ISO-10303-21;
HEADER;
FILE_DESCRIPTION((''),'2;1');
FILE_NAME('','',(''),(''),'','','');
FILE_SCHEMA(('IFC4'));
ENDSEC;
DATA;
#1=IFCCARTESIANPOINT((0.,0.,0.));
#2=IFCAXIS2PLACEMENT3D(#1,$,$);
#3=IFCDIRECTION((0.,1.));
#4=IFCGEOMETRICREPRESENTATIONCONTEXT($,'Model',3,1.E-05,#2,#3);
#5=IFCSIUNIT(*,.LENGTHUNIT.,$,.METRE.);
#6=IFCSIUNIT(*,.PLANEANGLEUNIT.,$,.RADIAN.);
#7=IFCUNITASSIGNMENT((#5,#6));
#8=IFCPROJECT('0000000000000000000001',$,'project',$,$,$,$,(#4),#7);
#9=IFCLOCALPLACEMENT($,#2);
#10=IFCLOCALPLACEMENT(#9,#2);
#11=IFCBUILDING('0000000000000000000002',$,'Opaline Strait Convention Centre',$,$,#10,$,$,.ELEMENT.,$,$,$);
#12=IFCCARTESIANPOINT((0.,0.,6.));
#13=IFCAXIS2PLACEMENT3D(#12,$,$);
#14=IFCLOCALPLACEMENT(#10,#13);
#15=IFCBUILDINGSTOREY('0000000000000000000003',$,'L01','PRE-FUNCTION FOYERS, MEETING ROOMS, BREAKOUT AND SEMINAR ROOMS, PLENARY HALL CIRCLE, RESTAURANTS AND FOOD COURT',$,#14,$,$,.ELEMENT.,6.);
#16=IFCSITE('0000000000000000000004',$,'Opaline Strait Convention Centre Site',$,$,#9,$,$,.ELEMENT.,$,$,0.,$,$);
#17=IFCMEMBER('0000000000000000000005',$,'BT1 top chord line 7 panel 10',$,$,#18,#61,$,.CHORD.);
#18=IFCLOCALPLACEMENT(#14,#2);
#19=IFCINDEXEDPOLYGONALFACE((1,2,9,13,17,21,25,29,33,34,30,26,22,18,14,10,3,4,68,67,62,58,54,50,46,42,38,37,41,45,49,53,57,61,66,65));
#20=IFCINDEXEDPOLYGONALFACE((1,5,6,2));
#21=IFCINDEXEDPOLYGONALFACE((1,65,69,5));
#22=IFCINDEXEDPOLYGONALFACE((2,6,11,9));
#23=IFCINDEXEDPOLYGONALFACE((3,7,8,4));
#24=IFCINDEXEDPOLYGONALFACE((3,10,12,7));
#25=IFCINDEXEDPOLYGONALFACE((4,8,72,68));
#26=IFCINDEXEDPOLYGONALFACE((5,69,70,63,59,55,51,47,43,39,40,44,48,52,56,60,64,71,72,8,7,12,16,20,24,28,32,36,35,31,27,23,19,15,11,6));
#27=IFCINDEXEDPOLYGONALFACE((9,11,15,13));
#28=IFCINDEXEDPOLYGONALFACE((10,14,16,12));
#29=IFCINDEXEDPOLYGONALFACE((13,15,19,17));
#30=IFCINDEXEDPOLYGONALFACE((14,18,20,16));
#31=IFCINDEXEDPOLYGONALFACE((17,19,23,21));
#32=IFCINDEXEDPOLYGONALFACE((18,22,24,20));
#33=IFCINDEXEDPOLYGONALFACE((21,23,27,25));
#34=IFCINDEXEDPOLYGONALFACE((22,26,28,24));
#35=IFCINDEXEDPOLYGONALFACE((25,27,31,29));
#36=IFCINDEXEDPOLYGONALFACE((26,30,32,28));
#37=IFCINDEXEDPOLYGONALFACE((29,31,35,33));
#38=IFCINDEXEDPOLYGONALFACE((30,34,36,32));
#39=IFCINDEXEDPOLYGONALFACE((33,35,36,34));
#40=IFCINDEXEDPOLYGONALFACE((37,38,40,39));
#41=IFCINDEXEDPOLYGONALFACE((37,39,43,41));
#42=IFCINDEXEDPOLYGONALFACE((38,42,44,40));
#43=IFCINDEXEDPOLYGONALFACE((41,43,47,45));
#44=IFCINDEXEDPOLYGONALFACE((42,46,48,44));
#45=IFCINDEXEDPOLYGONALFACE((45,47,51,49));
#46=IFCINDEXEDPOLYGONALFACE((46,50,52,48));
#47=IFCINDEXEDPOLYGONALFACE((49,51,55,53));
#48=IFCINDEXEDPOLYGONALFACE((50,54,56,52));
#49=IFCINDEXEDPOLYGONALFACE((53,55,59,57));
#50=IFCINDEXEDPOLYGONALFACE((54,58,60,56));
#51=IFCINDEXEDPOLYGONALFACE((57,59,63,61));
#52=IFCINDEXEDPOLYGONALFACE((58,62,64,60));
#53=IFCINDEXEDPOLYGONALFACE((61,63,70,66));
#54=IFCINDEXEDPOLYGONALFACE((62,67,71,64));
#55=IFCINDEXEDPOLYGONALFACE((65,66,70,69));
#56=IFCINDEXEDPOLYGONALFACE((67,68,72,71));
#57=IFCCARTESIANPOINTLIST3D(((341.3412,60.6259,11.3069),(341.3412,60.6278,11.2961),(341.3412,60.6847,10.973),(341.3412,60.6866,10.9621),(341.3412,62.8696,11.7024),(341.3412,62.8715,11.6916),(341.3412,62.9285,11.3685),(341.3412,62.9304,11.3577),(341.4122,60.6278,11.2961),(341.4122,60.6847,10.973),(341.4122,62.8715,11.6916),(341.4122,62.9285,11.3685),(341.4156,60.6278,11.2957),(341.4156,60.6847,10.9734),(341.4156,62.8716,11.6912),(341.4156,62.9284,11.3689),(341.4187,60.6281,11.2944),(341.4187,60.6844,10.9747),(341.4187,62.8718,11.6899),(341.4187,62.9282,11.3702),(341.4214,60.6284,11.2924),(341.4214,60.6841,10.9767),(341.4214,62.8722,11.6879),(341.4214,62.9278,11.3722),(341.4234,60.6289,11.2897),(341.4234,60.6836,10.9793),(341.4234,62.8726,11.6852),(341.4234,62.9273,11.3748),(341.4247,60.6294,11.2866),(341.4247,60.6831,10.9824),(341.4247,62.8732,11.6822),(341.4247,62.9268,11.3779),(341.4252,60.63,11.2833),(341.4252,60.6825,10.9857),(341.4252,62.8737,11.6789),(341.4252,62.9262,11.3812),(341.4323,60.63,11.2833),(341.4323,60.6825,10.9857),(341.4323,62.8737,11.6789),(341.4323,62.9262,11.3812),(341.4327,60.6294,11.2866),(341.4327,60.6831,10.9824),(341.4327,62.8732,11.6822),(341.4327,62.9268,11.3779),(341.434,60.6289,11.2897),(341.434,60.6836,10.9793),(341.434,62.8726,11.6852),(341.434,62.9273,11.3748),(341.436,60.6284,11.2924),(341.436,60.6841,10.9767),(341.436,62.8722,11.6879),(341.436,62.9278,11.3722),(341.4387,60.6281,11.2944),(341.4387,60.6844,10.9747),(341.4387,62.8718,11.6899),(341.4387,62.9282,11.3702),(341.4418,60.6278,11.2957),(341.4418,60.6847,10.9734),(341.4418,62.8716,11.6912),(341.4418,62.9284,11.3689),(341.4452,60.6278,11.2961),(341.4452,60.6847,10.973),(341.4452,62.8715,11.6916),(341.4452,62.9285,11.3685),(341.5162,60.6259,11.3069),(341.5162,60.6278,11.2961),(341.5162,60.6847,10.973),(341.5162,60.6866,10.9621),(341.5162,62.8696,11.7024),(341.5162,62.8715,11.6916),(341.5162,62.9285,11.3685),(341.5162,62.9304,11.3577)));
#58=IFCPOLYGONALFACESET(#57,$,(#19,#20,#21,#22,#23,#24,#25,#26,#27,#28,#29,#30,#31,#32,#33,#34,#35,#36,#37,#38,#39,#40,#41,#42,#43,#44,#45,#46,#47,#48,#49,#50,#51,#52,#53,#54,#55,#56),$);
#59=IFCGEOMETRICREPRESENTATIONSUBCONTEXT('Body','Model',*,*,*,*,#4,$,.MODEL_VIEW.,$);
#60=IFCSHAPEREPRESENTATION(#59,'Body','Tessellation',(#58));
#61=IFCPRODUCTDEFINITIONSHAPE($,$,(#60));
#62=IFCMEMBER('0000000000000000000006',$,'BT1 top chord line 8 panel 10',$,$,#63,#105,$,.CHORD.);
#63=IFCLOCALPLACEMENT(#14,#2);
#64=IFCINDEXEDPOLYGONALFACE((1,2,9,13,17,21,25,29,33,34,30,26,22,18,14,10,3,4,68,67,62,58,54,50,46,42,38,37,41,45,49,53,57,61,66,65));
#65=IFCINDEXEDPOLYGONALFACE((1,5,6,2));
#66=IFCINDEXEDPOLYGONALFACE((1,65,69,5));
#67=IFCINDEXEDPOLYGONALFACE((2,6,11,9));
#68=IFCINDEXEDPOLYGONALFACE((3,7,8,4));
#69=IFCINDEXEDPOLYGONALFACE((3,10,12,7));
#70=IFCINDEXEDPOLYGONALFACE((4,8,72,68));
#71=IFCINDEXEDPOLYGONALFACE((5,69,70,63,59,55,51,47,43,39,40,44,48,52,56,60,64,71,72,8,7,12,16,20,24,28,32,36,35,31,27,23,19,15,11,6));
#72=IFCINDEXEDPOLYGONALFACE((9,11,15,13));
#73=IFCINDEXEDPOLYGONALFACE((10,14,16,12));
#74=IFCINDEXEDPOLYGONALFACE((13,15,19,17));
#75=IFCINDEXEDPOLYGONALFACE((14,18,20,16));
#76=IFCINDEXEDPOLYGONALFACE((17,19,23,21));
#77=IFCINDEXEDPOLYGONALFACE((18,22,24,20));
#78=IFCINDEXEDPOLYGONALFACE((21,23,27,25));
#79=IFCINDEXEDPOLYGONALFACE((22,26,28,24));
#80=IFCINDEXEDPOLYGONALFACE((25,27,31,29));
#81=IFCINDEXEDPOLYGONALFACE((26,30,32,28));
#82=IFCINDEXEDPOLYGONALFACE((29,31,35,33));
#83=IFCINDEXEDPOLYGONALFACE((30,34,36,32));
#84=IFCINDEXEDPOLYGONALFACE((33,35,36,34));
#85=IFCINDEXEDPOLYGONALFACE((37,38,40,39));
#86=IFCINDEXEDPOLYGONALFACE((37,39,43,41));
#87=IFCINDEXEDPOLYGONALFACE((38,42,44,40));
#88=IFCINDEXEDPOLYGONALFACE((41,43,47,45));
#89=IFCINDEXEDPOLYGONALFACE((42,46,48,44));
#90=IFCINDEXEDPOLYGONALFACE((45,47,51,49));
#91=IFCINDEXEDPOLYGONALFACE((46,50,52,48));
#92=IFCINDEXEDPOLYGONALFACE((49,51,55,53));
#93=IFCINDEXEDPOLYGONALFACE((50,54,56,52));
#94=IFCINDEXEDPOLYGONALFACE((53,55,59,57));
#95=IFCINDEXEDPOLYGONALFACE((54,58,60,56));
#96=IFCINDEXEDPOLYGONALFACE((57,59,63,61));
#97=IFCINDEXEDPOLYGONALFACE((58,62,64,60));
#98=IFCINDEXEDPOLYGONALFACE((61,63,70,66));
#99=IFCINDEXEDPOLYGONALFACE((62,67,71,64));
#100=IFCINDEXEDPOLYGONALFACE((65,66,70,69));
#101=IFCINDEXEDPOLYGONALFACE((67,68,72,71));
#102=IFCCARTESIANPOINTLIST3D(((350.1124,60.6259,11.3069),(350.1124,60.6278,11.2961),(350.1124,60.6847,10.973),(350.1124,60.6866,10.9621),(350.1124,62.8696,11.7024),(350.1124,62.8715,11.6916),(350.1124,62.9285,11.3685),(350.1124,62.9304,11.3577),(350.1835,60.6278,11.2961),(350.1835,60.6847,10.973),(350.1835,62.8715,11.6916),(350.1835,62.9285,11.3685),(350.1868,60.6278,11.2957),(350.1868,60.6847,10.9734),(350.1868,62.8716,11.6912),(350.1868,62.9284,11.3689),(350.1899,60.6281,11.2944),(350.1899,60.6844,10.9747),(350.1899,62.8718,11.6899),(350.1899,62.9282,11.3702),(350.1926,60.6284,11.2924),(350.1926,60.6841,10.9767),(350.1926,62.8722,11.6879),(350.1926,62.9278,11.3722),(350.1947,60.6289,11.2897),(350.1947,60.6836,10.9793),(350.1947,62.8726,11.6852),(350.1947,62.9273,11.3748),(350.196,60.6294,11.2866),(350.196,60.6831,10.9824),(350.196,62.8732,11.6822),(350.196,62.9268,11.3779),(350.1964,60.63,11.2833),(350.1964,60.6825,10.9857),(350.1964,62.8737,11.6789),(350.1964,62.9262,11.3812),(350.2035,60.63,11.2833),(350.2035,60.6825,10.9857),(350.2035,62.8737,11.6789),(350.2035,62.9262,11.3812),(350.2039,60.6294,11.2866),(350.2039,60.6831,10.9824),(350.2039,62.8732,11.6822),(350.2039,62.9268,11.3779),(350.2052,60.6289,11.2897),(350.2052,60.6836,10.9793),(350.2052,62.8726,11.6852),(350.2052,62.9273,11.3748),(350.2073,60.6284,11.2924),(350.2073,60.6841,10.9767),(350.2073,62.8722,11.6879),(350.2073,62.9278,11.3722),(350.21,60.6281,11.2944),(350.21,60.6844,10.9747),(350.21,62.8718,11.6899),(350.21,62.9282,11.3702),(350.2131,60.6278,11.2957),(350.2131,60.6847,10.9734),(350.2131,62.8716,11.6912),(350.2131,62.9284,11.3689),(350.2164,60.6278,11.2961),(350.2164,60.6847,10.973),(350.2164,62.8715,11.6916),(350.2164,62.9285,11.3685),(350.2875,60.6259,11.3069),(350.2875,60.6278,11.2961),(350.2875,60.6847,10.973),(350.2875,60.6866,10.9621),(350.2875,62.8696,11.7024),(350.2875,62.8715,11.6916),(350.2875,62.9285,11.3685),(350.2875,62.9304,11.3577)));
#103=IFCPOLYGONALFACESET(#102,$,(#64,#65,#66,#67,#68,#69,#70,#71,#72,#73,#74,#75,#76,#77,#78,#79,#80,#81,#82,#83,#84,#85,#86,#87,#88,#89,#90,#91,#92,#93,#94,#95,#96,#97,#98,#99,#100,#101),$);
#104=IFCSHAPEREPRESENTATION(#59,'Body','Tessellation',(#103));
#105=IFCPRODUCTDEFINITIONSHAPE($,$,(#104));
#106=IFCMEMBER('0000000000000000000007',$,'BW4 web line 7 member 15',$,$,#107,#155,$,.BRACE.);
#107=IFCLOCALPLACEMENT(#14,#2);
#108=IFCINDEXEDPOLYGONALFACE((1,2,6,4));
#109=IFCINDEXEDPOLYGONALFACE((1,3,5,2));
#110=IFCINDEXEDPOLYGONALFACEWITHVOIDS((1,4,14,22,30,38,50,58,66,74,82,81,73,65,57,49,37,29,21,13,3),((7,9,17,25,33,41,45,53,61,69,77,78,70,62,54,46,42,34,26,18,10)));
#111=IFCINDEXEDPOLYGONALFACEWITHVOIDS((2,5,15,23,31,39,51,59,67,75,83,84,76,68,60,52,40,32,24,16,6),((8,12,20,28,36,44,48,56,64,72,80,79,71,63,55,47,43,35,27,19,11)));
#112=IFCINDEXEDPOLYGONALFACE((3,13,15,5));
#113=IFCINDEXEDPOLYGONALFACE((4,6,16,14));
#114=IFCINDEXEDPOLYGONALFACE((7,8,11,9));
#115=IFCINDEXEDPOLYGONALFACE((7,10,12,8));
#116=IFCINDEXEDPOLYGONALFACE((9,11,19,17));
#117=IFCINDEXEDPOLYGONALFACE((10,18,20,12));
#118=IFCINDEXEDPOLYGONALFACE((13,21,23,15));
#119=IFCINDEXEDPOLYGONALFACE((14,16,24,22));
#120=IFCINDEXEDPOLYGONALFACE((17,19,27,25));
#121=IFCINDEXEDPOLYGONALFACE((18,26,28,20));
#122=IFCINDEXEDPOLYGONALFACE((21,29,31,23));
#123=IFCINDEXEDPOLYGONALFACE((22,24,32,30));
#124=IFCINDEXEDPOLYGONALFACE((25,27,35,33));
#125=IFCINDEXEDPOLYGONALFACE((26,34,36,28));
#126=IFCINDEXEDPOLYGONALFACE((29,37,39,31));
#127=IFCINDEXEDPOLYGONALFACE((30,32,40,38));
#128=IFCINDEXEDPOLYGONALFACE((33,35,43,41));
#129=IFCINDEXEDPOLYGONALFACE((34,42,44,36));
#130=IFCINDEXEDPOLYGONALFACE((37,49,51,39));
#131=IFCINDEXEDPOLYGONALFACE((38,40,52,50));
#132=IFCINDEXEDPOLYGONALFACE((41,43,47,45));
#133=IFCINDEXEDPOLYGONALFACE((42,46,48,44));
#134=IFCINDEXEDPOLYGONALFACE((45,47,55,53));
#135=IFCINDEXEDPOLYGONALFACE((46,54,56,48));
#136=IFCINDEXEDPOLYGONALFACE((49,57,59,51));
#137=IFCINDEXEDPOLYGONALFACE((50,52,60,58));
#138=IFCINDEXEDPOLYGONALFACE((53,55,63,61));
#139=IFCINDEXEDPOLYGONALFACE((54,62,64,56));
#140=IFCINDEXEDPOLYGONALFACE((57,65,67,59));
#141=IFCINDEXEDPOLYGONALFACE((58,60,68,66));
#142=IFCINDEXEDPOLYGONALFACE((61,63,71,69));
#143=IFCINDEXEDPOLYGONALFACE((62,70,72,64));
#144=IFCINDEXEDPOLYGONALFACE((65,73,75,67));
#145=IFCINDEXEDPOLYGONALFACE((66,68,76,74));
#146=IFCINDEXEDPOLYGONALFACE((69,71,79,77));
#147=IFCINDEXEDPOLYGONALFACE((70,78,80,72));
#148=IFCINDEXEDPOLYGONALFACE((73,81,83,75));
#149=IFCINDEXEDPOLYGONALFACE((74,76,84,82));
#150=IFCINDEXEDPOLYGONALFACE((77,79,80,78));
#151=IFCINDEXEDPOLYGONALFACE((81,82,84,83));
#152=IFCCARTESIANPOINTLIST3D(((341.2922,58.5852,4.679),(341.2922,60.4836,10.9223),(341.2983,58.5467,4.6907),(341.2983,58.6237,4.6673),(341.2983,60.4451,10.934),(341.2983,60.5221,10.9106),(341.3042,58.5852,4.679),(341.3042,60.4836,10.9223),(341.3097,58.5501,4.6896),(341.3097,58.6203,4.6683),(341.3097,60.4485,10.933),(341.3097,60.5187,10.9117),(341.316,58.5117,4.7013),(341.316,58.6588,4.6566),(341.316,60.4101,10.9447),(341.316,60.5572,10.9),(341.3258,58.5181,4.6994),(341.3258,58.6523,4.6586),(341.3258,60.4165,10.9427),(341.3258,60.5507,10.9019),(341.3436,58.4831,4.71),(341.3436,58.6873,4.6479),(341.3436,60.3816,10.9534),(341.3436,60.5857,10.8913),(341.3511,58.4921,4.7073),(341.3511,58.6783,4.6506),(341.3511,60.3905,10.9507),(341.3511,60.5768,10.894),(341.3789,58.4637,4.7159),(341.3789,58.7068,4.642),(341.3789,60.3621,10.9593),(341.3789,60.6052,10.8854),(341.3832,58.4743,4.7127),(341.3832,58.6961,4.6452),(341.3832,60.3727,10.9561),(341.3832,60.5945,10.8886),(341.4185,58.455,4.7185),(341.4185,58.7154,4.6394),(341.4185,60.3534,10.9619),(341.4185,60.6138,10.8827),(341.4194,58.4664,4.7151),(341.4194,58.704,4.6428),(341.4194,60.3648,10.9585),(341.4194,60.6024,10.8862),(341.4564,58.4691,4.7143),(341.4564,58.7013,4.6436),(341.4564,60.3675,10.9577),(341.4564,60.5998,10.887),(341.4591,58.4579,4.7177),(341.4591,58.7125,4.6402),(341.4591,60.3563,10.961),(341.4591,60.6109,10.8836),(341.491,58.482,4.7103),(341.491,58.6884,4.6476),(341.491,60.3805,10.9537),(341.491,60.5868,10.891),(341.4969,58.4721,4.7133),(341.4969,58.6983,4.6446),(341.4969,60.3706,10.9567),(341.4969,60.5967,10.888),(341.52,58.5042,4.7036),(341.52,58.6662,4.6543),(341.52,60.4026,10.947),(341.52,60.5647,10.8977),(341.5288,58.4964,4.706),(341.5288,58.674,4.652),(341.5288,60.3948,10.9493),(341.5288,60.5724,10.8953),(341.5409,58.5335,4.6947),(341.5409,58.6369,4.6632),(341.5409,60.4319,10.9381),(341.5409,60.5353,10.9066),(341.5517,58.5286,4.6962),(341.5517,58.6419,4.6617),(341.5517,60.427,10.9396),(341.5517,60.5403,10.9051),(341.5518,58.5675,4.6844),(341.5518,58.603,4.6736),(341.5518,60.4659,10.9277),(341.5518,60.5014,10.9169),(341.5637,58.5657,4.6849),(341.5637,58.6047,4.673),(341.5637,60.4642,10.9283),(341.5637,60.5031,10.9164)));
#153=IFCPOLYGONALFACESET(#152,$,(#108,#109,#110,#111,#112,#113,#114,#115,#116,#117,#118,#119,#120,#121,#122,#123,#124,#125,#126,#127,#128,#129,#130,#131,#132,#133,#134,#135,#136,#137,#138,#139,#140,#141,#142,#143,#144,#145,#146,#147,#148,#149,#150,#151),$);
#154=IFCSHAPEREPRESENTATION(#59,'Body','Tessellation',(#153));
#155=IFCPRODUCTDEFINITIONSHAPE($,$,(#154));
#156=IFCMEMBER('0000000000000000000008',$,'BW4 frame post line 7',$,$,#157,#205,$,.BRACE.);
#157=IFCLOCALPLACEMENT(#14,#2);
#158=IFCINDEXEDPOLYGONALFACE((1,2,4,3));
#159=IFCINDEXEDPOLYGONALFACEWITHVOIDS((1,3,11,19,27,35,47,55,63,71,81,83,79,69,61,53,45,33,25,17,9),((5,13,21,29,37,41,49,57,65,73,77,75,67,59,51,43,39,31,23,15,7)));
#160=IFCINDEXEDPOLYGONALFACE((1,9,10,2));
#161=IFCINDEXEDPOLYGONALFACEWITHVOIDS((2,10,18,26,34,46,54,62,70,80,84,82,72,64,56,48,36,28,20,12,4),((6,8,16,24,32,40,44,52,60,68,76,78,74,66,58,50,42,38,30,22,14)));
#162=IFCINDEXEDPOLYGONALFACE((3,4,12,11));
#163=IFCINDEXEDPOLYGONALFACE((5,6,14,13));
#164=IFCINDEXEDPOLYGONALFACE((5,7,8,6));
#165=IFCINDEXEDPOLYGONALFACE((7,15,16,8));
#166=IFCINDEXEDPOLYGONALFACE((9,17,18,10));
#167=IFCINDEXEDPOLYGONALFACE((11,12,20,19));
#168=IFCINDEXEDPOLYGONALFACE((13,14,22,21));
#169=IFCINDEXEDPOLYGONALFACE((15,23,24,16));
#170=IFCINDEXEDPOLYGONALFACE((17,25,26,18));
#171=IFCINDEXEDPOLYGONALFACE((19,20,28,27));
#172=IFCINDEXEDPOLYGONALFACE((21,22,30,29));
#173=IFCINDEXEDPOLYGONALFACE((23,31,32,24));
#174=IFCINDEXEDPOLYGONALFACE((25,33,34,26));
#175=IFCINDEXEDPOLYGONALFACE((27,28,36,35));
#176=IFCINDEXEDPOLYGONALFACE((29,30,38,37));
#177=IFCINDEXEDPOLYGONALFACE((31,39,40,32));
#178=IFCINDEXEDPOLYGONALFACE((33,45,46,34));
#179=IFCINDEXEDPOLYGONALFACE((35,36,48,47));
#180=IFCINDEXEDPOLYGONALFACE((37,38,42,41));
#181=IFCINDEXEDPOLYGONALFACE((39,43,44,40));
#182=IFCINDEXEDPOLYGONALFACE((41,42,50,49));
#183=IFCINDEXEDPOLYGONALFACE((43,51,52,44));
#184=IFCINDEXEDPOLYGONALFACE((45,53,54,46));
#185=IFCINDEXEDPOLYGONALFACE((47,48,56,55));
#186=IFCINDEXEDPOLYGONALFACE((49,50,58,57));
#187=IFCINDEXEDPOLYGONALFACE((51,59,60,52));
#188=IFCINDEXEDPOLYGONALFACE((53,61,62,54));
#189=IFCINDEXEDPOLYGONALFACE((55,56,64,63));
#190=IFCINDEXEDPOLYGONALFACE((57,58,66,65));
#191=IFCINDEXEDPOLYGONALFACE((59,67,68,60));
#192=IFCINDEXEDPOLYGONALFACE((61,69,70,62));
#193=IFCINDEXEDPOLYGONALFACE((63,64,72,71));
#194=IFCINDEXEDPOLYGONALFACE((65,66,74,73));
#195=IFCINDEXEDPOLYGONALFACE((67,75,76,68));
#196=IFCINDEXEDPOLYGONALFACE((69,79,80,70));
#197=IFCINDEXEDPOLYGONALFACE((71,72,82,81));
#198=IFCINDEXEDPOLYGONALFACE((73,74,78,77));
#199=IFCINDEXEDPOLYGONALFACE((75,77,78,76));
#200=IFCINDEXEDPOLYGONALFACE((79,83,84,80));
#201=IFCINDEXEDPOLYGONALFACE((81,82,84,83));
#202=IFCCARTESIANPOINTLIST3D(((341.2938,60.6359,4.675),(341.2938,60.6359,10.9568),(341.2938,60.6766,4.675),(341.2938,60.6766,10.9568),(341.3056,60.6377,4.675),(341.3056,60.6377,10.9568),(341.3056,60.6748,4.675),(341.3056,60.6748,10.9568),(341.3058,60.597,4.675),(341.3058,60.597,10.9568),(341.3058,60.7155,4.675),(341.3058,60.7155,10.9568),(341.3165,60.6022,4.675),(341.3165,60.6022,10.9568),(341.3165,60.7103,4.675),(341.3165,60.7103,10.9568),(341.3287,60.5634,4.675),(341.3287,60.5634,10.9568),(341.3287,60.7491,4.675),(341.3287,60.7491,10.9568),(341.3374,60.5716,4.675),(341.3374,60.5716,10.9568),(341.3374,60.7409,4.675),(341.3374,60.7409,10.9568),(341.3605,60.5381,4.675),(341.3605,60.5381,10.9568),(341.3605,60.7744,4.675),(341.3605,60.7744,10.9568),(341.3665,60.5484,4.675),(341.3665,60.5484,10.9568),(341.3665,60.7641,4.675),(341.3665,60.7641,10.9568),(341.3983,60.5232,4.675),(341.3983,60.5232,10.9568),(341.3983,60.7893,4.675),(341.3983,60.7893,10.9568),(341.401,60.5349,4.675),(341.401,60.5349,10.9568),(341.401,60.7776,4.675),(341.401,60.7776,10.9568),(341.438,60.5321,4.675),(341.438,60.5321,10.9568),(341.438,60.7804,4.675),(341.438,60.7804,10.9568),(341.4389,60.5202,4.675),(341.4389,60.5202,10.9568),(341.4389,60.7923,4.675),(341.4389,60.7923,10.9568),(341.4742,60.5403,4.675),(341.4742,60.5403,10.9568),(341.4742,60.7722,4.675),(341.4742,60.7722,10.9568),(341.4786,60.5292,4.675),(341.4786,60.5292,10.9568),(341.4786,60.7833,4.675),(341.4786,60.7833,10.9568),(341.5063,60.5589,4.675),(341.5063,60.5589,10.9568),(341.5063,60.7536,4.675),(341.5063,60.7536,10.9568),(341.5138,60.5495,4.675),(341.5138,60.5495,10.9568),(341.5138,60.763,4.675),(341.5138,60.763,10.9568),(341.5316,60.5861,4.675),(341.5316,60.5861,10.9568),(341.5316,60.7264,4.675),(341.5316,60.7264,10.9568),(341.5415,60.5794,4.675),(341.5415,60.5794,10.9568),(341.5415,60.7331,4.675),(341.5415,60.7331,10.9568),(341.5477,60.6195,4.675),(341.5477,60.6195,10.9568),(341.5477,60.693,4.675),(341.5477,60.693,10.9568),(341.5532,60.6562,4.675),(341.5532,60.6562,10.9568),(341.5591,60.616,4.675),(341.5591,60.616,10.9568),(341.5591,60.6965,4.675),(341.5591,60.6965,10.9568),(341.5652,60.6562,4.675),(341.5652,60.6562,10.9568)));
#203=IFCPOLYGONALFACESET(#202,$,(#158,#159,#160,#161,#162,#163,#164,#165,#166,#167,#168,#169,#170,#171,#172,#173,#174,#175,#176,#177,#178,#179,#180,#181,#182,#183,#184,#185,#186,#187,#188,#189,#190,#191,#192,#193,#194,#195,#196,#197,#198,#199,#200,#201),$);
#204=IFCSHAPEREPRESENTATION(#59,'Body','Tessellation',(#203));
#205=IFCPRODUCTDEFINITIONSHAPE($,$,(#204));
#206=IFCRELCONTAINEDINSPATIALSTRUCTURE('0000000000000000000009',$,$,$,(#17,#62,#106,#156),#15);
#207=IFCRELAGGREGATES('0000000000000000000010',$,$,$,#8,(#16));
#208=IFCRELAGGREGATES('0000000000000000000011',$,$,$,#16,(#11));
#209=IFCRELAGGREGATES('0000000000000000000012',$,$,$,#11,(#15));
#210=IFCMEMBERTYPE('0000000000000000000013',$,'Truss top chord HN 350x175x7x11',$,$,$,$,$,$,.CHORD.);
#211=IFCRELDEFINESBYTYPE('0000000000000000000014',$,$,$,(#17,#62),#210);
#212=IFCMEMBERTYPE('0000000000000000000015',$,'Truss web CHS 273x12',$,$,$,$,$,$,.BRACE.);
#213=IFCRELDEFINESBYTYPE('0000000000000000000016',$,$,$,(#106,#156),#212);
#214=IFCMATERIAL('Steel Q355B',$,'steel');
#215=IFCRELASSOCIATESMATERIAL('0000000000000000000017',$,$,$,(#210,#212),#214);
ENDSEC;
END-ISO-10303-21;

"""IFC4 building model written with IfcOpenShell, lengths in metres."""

from ifc_helpers import new_model, si_unit, direction, frame, origin, origin_2d, place, context, subcontext, project, spatial, hollow_circle, i_section, extrude, material, material_profile, profile_set, type_object, element, save


model = new_model("IFC4")

# Units and contexts
model_context = context("Model", 3, precision=1e-05, world=origin(), true_north=direction((0.0, 1.0)))
body_context = subcontext(model_context, "Body", "Model", "MODEL_VIEW")
ifc_project = project(units=[si_unit("LENGTHUNIT", "METRE"), si_unit("PLANEANGLEUNIT", "RADIAN")], contexts=[model_context])

# Site, building, storey
site_placement = place(None, origin())
site = spatial("IfcSite", under=ifc_project, at=site_placement, Name="Opaline Strait Convention Centre Site", CompositionType="ELEMENT", RefElevation=0.0)
building_placement = place(site_placement, origin())
building = spatial("IfcBuilding", under=site, at=building_placement, Name="Opaline Strait Convention Centre", CompositionType="ELEMENT")
storey_placement = place(building_placement, frame((0.0, 0.0, 6.0)))
storey = spatial("IfcBuildingStorey", under=building, at=storey_placement, Name="L01", Description="PRE-FUNCTION FOYERS, MEETING ROOMS, BREAKOUT AND SEMINAR ROOMS, PLENARY HALL CIRCLE, RESTAURANTS AND FOOD COURT", CompositionType="ELEMENT", Elevation=6.0)

# Members
ifc_material_1 = material(Name="Steel Q355B", Category="steel")
ifc_material_profile_1 = material_profile(ifc_material_1, i_section(OverallWidth=0.175, OverallDepth=0.3501, WebThickness=0.0071, FlangeThickness=0.011, FilletRadius=0.0129, at=origin_2d()), Name="HN 350x175x7x11")
ifc_profile_set_1 = profile_set([ifc_material_profile_1], Name="Steel Q355B")
member_type_1 = type_object("IfcMemberType", Name="Truss top chord HN 350x175x7x11", PredefinedType="CHORD", material=ifc_profile_set_1)
for number, where, z_axis, x_axis, name in (
    (1, (341.4287, 60.6562, 11.1345), (0.0, 0.984816, 0.173602), (-1.0, 0.0, 0.0), "BT1 top chord line 7 panel 10"),
    (2, (350.2, 60.6562, 11.1345), (0.0, 0.984816, 0.173602), (-1.0, 0.0, 0.0), "BT1 top chord line 8 panel 10"),
):
    element("IfcMember", number, at=place(storey_placement, frame(where, z_axis=z_axis, x_axis=x_axis)), inside=storey, type_object=member_type_1, Name=name, PredefinedType="CHORD", context=body_context, shape_type="SweptSolid", body=[
        extrude(i_section(OverallWidth=0.175, OverallDepth=0.3501, WebThickness=0.0071, FlangeThickness=0.011, FilletRadius=0.0129, at=origin_2d()), origin(), (0.0, 0.0, 1.0), 2.2783),
    ])
ifc_material_profile_2 = material_profile(ifc_material_1, hollow_circle(Radius=0.1365, WallThickness=0.012, at=origin_2d()), Name="CHS 273x12")
ifc_profile_set_2 = profile_set([ifc_material_profile_2], Name="Steel Q355B")
member_type_2 = type_object("IfcMemberType", Name="Truss web CHS 273x12", PredefinedType="BRACE", material=ifc_profile_set_2)
member_1_placement = place(storey_placement, frame((341.4287, 58.5852, 4.679), z_axis=(0.0, 0.290919, 0.956748), x_axis=(-1.0, 0.0, 0.0)))
element("IfcMember", 3, at=member_1_placement, inside=storey, type_object=member_type_2, Name="BW4 web line 7 member 15", PredefinedType="BRACE", context=body_context, shape_type="SweptSolid", body=[
    extrude(hollow_circle(Radius=0.1365, WallThickness=0.012, at=origin_2d()), origin(), (0.0, 0.0, 1.0), 6.5256),
])
member_2_placement = place(storey_placement, frame((341.4287, 60.6562, 4.675), z_axis=(0.0, 0.0, 1.0), x_axis=(1.0, 0.0, 0.0)))
element("IfcMember", 4, at=member_2_placement, inside=storey, type_object=member_type_2, Name="BW4 frame post line 7", PredefinedType="BRACE", context=body_context, shape_type="SweptSolid", body=[
    extrude(hollow_circle(Radius=0.1365, WallThickness=0.012, at=origin_2d()), origin(), (0.0, 0.0, 1.0), 6.2817),
])

save(model, "model.ifc")
